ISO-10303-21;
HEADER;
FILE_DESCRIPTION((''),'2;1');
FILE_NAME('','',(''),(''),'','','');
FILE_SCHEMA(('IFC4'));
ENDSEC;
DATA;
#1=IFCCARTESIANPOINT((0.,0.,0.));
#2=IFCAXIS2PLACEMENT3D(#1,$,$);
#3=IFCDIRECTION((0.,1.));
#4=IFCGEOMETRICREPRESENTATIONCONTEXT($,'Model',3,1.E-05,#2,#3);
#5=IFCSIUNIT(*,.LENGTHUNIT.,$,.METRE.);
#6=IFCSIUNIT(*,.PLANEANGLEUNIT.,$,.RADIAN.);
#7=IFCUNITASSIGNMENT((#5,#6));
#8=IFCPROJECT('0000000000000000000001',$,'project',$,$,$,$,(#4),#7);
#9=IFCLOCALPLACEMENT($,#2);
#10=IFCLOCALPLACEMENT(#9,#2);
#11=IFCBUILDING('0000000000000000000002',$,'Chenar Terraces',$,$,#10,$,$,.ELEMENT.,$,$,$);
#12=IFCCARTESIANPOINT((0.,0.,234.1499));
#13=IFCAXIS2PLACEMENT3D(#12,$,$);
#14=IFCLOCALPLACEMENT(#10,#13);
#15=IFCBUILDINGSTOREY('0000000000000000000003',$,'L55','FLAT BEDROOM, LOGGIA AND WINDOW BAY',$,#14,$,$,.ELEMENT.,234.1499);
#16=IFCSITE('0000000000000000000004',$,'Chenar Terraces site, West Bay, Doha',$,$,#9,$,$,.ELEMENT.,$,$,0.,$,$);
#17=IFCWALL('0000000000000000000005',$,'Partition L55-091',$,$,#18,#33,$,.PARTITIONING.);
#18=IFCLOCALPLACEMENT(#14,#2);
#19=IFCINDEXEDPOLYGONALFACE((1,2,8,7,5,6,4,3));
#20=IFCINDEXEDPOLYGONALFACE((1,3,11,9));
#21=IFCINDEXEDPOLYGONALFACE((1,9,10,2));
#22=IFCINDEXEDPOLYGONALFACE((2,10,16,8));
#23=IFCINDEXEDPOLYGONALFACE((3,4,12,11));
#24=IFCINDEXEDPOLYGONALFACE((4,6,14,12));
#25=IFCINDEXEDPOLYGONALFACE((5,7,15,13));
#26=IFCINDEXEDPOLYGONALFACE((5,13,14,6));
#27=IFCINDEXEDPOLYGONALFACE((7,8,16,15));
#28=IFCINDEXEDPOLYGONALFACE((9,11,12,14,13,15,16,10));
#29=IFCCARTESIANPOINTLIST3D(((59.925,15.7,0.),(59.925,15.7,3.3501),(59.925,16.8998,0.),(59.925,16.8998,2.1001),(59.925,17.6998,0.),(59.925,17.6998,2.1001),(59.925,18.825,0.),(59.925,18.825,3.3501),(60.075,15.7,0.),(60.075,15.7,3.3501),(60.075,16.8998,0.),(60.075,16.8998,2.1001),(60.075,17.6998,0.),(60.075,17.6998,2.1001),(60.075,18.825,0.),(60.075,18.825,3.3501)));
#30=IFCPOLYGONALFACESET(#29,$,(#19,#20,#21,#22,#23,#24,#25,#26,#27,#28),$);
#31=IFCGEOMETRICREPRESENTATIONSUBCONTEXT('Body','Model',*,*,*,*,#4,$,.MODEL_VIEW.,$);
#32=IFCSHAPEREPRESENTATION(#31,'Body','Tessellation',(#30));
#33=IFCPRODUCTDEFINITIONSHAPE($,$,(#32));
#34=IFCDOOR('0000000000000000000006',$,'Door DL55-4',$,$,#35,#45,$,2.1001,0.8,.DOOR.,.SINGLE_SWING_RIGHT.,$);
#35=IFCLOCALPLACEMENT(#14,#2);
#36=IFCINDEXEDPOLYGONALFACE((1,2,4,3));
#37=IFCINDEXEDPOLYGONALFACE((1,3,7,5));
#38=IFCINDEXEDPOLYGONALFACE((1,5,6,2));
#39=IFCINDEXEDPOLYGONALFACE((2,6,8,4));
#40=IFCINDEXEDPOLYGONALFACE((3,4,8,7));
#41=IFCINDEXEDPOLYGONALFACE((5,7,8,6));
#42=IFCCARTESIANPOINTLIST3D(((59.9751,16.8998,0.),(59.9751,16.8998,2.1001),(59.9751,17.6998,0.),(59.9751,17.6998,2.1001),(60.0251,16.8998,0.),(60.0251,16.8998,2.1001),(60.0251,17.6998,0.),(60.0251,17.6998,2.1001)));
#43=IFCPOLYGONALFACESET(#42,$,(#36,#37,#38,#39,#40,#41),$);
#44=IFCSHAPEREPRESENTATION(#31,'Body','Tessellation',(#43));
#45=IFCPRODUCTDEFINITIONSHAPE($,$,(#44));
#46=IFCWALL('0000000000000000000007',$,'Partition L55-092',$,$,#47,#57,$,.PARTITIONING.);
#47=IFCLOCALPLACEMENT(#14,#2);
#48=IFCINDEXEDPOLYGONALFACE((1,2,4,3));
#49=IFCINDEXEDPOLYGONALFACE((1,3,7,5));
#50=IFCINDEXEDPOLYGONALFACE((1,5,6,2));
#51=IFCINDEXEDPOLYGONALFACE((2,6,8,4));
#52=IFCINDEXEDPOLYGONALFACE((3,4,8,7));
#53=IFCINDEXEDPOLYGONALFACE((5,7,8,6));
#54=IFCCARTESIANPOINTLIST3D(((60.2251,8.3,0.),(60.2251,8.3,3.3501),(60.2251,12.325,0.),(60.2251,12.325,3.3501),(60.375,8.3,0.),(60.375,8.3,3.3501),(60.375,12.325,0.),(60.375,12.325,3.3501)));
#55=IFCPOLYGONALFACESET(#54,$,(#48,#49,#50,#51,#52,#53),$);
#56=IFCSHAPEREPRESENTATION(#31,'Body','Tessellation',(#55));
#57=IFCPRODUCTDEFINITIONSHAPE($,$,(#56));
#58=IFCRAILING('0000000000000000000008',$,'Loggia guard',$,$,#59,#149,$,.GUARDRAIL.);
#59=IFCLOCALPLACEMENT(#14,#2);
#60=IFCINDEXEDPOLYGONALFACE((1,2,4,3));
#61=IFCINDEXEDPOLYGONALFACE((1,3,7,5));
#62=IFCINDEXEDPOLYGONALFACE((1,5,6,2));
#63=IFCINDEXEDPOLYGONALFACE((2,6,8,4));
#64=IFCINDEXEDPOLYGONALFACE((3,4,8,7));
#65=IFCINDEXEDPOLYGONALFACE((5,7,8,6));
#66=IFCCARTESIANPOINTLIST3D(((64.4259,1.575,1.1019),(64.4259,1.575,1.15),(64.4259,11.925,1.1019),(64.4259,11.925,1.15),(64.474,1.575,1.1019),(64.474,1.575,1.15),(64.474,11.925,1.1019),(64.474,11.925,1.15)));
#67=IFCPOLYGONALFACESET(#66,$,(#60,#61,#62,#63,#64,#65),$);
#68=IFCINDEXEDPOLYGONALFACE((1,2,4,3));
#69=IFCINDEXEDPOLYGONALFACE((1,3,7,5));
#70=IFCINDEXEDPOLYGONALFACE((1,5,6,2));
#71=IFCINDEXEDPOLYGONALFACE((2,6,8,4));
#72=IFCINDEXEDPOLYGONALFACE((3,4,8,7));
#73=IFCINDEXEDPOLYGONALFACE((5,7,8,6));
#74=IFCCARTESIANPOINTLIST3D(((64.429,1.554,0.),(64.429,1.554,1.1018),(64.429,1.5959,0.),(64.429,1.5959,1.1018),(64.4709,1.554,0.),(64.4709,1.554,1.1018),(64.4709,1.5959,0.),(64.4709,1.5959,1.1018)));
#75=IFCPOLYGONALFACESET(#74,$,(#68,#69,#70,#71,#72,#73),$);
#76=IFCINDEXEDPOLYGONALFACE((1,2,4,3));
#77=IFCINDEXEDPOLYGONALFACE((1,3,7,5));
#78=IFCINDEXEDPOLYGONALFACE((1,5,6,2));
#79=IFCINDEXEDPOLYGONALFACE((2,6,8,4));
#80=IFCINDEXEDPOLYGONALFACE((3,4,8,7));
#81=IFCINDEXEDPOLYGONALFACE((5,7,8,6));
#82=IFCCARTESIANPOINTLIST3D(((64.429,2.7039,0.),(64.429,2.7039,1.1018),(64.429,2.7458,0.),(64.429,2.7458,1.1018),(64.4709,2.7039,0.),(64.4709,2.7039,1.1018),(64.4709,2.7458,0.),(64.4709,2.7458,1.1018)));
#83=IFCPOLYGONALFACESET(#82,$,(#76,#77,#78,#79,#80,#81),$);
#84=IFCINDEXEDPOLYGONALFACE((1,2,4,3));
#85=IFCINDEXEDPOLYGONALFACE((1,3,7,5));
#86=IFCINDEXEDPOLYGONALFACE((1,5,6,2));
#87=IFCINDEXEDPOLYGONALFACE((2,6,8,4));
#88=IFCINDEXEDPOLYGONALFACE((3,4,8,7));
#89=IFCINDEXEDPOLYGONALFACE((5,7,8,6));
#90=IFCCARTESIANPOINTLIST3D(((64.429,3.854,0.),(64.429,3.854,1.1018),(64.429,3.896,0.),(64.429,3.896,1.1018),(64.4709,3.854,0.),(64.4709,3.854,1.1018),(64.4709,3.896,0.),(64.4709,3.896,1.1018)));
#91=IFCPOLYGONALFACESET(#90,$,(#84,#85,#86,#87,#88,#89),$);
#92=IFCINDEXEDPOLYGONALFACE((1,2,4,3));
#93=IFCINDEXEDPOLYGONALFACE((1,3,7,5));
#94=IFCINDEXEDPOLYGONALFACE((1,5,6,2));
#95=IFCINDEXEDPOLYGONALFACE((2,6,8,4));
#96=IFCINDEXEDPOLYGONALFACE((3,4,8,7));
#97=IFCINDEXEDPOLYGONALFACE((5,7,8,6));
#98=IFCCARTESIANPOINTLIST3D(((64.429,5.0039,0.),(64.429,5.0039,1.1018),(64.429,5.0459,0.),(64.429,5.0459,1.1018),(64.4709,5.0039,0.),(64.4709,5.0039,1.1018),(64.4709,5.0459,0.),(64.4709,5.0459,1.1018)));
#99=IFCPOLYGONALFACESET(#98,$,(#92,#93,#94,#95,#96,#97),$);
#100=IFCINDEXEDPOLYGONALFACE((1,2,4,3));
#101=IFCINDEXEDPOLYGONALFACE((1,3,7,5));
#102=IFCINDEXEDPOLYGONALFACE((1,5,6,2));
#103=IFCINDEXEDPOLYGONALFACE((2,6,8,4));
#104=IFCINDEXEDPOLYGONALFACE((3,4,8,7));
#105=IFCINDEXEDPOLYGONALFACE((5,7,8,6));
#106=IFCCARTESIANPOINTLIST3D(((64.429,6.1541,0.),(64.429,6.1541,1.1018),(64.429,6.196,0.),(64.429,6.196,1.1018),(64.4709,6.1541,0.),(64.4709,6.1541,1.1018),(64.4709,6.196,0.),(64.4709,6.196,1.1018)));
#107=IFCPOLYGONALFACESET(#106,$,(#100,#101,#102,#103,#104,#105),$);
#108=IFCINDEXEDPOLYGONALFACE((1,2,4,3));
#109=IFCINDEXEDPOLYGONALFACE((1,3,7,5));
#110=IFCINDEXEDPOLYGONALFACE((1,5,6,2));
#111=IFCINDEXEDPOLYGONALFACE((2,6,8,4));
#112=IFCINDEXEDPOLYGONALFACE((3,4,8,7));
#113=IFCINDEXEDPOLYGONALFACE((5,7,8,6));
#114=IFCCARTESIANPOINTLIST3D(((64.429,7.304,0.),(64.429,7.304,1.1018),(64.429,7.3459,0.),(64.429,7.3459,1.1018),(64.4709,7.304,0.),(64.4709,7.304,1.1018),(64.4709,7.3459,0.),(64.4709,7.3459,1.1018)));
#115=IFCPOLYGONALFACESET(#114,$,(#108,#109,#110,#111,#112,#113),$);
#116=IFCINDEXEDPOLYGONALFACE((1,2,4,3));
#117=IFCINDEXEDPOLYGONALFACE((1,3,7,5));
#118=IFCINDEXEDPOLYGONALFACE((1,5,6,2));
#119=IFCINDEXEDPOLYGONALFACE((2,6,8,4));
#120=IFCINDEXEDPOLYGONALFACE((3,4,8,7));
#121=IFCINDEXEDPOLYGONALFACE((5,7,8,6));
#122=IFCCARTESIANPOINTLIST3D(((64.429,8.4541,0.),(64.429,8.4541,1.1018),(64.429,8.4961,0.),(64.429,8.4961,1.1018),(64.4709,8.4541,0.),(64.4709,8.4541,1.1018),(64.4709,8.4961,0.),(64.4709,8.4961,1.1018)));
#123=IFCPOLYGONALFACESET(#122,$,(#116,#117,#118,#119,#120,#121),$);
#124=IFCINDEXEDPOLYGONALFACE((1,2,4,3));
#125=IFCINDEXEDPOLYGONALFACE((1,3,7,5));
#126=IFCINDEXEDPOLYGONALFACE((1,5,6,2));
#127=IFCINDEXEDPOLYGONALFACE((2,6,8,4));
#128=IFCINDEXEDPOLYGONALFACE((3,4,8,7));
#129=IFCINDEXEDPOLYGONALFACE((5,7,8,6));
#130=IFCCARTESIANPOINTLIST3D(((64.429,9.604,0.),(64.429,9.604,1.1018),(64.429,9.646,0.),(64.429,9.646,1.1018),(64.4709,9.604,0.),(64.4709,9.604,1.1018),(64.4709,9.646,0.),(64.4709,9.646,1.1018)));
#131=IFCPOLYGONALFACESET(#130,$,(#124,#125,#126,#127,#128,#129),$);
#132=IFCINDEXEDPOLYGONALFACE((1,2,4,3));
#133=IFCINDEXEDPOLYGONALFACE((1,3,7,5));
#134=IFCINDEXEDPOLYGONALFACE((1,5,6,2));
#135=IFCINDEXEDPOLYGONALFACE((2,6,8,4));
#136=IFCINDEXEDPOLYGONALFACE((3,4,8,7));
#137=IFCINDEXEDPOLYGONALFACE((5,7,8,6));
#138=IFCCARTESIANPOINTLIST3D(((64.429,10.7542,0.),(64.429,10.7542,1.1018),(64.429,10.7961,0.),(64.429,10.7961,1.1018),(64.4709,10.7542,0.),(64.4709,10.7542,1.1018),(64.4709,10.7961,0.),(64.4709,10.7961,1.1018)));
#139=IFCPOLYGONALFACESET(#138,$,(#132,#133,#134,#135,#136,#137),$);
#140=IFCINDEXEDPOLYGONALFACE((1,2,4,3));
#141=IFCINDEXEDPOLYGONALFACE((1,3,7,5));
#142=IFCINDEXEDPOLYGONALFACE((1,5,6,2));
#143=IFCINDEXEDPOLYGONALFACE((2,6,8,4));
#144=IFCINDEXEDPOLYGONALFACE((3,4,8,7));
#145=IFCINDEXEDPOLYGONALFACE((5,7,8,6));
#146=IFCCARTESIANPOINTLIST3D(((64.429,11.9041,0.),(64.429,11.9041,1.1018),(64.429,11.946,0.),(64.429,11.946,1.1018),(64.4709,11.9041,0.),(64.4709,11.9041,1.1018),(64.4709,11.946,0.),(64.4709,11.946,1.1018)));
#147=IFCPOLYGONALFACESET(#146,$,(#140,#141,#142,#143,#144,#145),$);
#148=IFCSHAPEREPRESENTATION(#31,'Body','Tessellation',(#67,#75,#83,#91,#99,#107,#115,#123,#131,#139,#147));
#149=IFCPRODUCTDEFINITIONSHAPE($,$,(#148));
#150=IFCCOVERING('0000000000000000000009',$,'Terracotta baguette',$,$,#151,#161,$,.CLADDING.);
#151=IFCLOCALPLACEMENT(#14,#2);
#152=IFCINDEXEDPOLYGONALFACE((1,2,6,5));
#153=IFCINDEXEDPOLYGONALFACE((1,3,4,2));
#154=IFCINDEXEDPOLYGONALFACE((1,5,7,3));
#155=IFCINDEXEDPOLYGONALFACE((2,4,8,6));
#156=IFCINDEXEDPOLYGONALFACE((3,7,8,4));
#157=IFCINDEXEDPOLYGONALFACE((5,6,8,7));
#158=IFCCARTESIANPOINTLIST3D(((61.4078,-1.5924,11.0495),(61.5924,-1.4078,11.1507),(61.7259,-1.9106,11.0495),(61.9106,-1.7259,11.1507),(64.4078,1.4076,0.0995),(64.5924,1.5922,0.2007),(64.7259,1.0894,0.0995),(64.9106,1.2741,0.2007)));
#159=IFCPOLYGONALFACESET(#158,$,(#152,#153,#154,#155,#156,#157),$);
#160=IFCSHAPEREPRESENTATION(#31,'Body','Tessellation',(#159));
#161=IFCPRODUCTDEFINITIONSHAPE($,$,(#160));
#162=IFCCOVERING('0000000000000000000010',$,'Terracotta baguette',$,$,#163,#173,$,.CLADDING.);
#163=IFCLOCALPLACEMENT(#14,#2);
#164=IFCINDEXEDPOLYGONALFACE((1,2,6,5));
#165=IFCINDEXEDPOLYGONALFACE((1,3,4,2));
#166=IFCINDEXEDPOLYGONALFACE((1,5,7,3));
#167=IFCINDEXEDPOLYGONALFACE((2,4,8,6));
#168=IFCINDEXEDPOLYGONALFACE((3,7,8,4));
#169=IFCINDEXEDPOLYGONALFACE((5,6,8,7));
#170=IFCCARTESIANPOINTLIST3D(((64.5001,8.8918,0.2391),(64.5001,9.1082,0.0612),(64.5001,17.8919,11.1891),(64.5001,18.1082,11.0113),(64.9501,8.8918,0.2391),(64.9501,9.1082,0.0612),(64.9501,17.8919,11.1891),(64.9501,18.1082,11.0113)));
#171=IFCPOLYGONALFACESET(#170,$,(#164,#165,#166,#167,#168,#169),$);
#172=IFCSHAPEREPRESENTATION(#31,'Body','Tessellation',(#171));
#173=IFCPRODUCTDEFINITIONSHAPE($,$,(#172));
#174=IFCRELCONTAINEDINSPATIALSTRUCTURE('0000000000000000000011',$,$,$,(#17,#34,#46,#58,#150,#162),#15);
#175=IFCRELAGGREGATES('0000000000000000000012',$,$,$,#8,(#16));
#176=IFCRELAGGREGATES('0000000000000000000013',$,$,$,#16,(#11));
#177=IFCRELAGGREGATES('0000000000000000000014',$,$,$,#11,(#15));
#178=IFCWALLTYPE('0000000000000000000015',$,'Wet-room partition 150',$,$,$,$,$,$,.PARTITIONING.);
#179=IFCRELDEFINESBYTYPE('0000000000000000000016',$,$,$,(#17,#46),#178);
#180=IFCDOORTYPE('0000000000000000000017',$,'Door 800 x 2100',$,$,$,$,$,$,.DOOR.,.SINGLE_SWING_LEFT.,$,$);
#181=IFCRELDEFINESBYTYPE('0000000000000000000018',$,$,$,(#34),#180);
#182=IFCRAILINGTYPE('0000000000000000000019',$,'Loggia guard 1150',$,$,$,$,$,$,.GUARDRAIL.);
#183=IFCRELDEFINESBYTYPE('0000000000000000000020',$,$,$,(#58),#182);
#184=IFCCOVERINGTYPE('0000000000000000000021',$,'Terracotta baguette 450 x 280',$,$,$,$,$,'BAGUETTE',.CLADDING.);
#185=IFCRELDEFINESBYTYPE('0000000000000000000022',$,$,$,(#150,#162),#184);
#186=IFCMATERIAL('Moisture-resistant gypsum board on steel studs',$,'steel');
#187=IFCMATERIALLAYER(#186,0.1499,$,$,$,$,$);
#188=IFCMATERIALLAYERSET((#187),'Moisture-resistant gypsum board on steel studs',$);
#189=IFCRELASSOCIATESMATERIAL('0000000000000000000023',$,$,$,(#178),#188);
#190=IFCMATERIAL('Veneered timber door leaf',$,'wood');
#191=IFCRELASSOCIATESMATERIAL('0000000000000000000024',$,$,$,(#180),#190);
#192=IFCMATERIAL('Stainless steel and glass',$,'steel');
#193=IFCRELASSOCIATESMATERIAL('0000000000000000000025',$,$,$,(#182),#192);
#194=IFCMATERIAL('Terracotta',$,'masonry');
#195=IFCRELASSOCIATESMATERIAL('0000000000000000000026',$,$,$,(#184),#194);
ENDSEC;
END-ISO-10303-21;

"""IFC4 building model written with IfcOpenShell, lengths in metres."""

from ifc_helpers import new_model, si_unit, direction, frame, frame_2d, origin, origin_2d, place, context, subcontext, project, spatial, rectangle, extrude, material, layer, layer_set, material_profile, profile_set, type_object, element, fill, save


model = new_model("IFC4")

# Units and contexts
model_context = context("Model", 3, precision=1e-05, world=origin(), true_north=direction((0.0, 1.0)))
body_context = subcontext(model_context, "Body", "Model", "MODEL_VIEW")
ifc_project = project(units=[si_unit("LENGTHUNIT", "METRE"), si_unit("PLANEANGLEUNIT", "RADIAN")], contexts=[model_context])

# Site, building, storey
site_placement = place(None, origin())
site = spatial("IfcSite", under=ifc_project, at=site_placement, Name="Chenar Terraces site, West Bay, Doha", CompositionType="ELEMENT", RefElevation=0.0)
building_placement = place(site_placement, origin())
building = spatial("IfcBuilding", under=site, at=building_placement, Name="Chenar Terraces", CompositionType="ELEMENT")
storey_placement = place(building_placement, frame((0.0, 0.0, 234.1499)))
storey = spatial("IfcBuildingStorey", under=building, at=storey_placement, Name="L55", Description="FLAT BEDROOM, LOGGIA AND WINDOW BAY", CompositionType="ELEMENT", Elevation=234.1499)

# Shared definitions
ifc_material_1 = material(Name="Moisture-resistant gypsum board on steel studs", Category="steel")
ifc_layer_1 = layer(ifc_material_1, 0.1499)
ifc_layer_set_1 = layer_set([ifc_layer_1], Name="Moisture-resistant gypsum board on steel studs")
wall_type_1 = type_object("IfcWallType", Name="Wet-room partition 150", PredefinedType="PARTITIONING", material=ifc_layer_set_1)
ifc_material_2 = material(Name="Veneered timber door leaf", Category="wood")
door_type_1 = type_object("IfcDoorType", Name="Door 800 x 2100", OperationType="SINGLE_SWING_LEFT", PredefinedType="DOOR", material=ifc_material_2)

# Wall, opening, door
wall_1_placement = place(storey_placement, frame((60.0, 15.7, 0.0), z_axis=(0.0, 0.0, 1.0), x_axis=(0.0, 1.0, 0.0)))
wall_1 = element("IfcWall", 1, at=wall_1_placement, inside=storey, type_object=wall_type_1, Name="Partition L55-091", PredefinedType="PARTITIONING", context=body_context, shape_type="SweptSolid", body=[
    extrude(rectangle(XDim=3.125, YDim=0.1499, at=frame_2d((1.5625, 0.0))), origin(), (0.0, 0.0, 1.0), 3.3501),
])
opening_1_placement = place(wall_1_placement, frame((1.2, 0.0, 0.0)))
opening_1 = element("IfcOpeningElement", 2, at=opening_1_placement, cuts=wall_1, PredefinedType="OPENING", context=body_context, shape_type="SweptSolid", body=[
    extrude(rectangle(XDim=0.8, YDim=2.1001, at=frame_2d((0.3999, 1.05))), frame((0.0, 0.085, 0.0), z_axis=(0.0, -1.0, 0.0), x_axis=(1.0, 0.0, 0.0)), (0.0, 0.0, 1.0), 0.1699),
])
door_1_placement = place(opening_1_placement, origin())
door_1 = element("IfcDoor", 3, at=door_1_placement, inside=storey, type_object=door_type_1, Name="Door DL55-4", OperationType="SINGLE_SWING_RIGHT", OverallHeight=2.1001, OverallWidth=0.8, PredefinedType="DOOR", context=body_context, shape_type="SweptSolid", body=[
    extrude(rectangle(XDim=0.8, YDim=2.1001, at=frame_2d((0.3999, 1.05))), frame((0.0, 0.0249, 0.0), z_axis=(0.0, -1.0, 0.0), x_axis=(1.0, 0.0, 0.0)), (0.0, 0.0, 1.0), 0.05),
])
fill(opening_1, door_1)

# Wall
wall_2_placement = place(storey_placement, frame((60.3, 8.3, 0.0), z_axis=(0.0, 0.0, 1.0), x_axis=(0.0, 1.0, 0.0)))
element("IfcWall", 4, at=wall_2_placement, inside=storey, type_object=wall_type_1, Name="Partition L55-092", PredefinedType="PARTITIONING", context=body_context, shape_type="SweptSolid", body=[
    extrude(rectangle(XDim=4.0249, YDim=0.1499, at=frame_2d((2.0125, 0.0))), origin(), (0.0, 0.0, 1.0), 3.3501),
])

# Railing
ifc_material_3 = material(Name="Stainless steel and glass", Category="steel")
railing_type = type_object("IfcRailingType", Name="Loggia guard 1150", PredefinedType="GUARDRAIL", material=ifc_material_3)
railing_placement = place(storey_placement, frame((64.45, 1.575, 0.0)))
element("IfcRailing", 5, at=railing_placement, inside=storey, type_object=railing_type, Name="Loggia guard", PredefinedType="GUARDRAIL", context=body_context, shape_type="SweptSolid", body=[
    extrude(rectangle(XDim=0.0481, YDim=0.0481, at=origin_2d()), frame((0.0, 0.0, 1.126), z_axis=(0.0, 1.0, 0.0), x_axis=(-1.0, 0.0, 0.0)), (0.0, 0.0, 1.0), 10.3501),
    extrude(rectangle(XDim=0.042, YDim=0.042, at=origin_2d()), origin(), (0.0, 0.0, 1.0), 1.1018),
    extrude(rectangle(XDim=0.042, YDim=0.042, at=origin_2d()), frame((0.0, 1.1499, 0.0)), (0.0, 0.0, 1.0), 1.1018),
    extrude(rectangle(XDim=0.042, YDim=0.042, at=origin_2d()), frame((0.0, 2.3, 0.0)), (0.0, 0.0, 1.0), 1.1018),
    extrude(rectangle(XDim=0.042, YDim=0.042, at=origin_2d()), frame((0.0, 3.45, 0.0)), (0.0, 0.0, 1.0), 1.1018),
    extrude(rectangle(XDim=0.042, YDim=0.042, at=origin_2d()), frame((0.0, 4.6001, 0.0)), (0.0, 0.0, 1.0), 1.1018),
    extrude(rectangle(XDim=0.042, YDim=0.042, at=origin_2d()), frame((0.0, 5.75, 0.0)), (0.0, 0.0, 1.0), 1.1018),
    extrude(rectangle(XDim=0.042, YDim=0.042, at=origin_2d()), frame((0.0, 6.9001, 0.0)), (0.0, 0.0, 1.0), 1.1018),
    extrude(rectangle(XDim=0.042, YDim=0.042, at=origin_2d()), frame((0.0, 8.05, 0.0)), (0.0, 0.0, 1.0), 1.1018),
    extrude(rectangle(XDim=0.042, YDim=0.042, at=origin_2d()), frame((0.0, 9.2002, 0.0)), (0.0, 0.0, 1.0), 1.1018),
    extrude(rectangle(XDim=0.042, YDim=0.042, at=origin_2d()), frame((0.0, 10.3501, 0.0)), (0.0, 0.0, 1.0), 1.1018),
])

# Coverings
ifc_material_4 = material(Name="Terracotta", Category="masonry")
ifc_material_profile_1 = material_profile(ifc_material_4, rectangle(XDim=0.45, YDim=0.28, at=origin_2d()), Name="Terracotta baguette 450 x 280")
ifc_profile_set_1 = profile_set([ifc_material_profile_1], Name="Terracotta")
covering_type = type_object("IfcCoveringType", Name="Terracotta baguette 450 x 280", ElementType="BAGUETTE", PredefinedType="CLADDING", material=ifc_profile_set_1)
covering_1_placement = place(storey_placement, frame((61.6592, -1.6592, 11.1001), z_axis=(0.255468, 0.255468, -0.932455), x_axis=(-0.707107, 0.707107, 0.0)))
element("IfcCovering", 6, at=covering_1_placement, inside=storey, type_object=covering_type, Name="Terracotta baguette", PredefinedType="CLADDING", context=body_context, shape_type="SweptSolid", body=[
    extrude(rectangle(XDim=0.45, YDim=0.28, at=origin_2d()), origin(), (0.0, 0.0, 1.0), 11.7432),
])
covering_2_placement = place(storey_placement, frame((64.7251, 9.0, 0.1501), z_axis=(0.0, 0.634967, 0.772539), x_axis=(-1.0, 0.0, 0.0)))
element("IfcCovering", 7, at=covering_2_placement, inside=storey, type_object=covering_type, Name="Terracotta baguette", PredefinedType="CLADDING", context=body_context, shape_type="SweptSolid", body=[
    extrude(rectangle(XDim=0.45, YDim=0.28, at=origin_2d()), origin(), (0.0, 0.0, 1.0), 14.1741),
])

save(model, "model.ifc")
